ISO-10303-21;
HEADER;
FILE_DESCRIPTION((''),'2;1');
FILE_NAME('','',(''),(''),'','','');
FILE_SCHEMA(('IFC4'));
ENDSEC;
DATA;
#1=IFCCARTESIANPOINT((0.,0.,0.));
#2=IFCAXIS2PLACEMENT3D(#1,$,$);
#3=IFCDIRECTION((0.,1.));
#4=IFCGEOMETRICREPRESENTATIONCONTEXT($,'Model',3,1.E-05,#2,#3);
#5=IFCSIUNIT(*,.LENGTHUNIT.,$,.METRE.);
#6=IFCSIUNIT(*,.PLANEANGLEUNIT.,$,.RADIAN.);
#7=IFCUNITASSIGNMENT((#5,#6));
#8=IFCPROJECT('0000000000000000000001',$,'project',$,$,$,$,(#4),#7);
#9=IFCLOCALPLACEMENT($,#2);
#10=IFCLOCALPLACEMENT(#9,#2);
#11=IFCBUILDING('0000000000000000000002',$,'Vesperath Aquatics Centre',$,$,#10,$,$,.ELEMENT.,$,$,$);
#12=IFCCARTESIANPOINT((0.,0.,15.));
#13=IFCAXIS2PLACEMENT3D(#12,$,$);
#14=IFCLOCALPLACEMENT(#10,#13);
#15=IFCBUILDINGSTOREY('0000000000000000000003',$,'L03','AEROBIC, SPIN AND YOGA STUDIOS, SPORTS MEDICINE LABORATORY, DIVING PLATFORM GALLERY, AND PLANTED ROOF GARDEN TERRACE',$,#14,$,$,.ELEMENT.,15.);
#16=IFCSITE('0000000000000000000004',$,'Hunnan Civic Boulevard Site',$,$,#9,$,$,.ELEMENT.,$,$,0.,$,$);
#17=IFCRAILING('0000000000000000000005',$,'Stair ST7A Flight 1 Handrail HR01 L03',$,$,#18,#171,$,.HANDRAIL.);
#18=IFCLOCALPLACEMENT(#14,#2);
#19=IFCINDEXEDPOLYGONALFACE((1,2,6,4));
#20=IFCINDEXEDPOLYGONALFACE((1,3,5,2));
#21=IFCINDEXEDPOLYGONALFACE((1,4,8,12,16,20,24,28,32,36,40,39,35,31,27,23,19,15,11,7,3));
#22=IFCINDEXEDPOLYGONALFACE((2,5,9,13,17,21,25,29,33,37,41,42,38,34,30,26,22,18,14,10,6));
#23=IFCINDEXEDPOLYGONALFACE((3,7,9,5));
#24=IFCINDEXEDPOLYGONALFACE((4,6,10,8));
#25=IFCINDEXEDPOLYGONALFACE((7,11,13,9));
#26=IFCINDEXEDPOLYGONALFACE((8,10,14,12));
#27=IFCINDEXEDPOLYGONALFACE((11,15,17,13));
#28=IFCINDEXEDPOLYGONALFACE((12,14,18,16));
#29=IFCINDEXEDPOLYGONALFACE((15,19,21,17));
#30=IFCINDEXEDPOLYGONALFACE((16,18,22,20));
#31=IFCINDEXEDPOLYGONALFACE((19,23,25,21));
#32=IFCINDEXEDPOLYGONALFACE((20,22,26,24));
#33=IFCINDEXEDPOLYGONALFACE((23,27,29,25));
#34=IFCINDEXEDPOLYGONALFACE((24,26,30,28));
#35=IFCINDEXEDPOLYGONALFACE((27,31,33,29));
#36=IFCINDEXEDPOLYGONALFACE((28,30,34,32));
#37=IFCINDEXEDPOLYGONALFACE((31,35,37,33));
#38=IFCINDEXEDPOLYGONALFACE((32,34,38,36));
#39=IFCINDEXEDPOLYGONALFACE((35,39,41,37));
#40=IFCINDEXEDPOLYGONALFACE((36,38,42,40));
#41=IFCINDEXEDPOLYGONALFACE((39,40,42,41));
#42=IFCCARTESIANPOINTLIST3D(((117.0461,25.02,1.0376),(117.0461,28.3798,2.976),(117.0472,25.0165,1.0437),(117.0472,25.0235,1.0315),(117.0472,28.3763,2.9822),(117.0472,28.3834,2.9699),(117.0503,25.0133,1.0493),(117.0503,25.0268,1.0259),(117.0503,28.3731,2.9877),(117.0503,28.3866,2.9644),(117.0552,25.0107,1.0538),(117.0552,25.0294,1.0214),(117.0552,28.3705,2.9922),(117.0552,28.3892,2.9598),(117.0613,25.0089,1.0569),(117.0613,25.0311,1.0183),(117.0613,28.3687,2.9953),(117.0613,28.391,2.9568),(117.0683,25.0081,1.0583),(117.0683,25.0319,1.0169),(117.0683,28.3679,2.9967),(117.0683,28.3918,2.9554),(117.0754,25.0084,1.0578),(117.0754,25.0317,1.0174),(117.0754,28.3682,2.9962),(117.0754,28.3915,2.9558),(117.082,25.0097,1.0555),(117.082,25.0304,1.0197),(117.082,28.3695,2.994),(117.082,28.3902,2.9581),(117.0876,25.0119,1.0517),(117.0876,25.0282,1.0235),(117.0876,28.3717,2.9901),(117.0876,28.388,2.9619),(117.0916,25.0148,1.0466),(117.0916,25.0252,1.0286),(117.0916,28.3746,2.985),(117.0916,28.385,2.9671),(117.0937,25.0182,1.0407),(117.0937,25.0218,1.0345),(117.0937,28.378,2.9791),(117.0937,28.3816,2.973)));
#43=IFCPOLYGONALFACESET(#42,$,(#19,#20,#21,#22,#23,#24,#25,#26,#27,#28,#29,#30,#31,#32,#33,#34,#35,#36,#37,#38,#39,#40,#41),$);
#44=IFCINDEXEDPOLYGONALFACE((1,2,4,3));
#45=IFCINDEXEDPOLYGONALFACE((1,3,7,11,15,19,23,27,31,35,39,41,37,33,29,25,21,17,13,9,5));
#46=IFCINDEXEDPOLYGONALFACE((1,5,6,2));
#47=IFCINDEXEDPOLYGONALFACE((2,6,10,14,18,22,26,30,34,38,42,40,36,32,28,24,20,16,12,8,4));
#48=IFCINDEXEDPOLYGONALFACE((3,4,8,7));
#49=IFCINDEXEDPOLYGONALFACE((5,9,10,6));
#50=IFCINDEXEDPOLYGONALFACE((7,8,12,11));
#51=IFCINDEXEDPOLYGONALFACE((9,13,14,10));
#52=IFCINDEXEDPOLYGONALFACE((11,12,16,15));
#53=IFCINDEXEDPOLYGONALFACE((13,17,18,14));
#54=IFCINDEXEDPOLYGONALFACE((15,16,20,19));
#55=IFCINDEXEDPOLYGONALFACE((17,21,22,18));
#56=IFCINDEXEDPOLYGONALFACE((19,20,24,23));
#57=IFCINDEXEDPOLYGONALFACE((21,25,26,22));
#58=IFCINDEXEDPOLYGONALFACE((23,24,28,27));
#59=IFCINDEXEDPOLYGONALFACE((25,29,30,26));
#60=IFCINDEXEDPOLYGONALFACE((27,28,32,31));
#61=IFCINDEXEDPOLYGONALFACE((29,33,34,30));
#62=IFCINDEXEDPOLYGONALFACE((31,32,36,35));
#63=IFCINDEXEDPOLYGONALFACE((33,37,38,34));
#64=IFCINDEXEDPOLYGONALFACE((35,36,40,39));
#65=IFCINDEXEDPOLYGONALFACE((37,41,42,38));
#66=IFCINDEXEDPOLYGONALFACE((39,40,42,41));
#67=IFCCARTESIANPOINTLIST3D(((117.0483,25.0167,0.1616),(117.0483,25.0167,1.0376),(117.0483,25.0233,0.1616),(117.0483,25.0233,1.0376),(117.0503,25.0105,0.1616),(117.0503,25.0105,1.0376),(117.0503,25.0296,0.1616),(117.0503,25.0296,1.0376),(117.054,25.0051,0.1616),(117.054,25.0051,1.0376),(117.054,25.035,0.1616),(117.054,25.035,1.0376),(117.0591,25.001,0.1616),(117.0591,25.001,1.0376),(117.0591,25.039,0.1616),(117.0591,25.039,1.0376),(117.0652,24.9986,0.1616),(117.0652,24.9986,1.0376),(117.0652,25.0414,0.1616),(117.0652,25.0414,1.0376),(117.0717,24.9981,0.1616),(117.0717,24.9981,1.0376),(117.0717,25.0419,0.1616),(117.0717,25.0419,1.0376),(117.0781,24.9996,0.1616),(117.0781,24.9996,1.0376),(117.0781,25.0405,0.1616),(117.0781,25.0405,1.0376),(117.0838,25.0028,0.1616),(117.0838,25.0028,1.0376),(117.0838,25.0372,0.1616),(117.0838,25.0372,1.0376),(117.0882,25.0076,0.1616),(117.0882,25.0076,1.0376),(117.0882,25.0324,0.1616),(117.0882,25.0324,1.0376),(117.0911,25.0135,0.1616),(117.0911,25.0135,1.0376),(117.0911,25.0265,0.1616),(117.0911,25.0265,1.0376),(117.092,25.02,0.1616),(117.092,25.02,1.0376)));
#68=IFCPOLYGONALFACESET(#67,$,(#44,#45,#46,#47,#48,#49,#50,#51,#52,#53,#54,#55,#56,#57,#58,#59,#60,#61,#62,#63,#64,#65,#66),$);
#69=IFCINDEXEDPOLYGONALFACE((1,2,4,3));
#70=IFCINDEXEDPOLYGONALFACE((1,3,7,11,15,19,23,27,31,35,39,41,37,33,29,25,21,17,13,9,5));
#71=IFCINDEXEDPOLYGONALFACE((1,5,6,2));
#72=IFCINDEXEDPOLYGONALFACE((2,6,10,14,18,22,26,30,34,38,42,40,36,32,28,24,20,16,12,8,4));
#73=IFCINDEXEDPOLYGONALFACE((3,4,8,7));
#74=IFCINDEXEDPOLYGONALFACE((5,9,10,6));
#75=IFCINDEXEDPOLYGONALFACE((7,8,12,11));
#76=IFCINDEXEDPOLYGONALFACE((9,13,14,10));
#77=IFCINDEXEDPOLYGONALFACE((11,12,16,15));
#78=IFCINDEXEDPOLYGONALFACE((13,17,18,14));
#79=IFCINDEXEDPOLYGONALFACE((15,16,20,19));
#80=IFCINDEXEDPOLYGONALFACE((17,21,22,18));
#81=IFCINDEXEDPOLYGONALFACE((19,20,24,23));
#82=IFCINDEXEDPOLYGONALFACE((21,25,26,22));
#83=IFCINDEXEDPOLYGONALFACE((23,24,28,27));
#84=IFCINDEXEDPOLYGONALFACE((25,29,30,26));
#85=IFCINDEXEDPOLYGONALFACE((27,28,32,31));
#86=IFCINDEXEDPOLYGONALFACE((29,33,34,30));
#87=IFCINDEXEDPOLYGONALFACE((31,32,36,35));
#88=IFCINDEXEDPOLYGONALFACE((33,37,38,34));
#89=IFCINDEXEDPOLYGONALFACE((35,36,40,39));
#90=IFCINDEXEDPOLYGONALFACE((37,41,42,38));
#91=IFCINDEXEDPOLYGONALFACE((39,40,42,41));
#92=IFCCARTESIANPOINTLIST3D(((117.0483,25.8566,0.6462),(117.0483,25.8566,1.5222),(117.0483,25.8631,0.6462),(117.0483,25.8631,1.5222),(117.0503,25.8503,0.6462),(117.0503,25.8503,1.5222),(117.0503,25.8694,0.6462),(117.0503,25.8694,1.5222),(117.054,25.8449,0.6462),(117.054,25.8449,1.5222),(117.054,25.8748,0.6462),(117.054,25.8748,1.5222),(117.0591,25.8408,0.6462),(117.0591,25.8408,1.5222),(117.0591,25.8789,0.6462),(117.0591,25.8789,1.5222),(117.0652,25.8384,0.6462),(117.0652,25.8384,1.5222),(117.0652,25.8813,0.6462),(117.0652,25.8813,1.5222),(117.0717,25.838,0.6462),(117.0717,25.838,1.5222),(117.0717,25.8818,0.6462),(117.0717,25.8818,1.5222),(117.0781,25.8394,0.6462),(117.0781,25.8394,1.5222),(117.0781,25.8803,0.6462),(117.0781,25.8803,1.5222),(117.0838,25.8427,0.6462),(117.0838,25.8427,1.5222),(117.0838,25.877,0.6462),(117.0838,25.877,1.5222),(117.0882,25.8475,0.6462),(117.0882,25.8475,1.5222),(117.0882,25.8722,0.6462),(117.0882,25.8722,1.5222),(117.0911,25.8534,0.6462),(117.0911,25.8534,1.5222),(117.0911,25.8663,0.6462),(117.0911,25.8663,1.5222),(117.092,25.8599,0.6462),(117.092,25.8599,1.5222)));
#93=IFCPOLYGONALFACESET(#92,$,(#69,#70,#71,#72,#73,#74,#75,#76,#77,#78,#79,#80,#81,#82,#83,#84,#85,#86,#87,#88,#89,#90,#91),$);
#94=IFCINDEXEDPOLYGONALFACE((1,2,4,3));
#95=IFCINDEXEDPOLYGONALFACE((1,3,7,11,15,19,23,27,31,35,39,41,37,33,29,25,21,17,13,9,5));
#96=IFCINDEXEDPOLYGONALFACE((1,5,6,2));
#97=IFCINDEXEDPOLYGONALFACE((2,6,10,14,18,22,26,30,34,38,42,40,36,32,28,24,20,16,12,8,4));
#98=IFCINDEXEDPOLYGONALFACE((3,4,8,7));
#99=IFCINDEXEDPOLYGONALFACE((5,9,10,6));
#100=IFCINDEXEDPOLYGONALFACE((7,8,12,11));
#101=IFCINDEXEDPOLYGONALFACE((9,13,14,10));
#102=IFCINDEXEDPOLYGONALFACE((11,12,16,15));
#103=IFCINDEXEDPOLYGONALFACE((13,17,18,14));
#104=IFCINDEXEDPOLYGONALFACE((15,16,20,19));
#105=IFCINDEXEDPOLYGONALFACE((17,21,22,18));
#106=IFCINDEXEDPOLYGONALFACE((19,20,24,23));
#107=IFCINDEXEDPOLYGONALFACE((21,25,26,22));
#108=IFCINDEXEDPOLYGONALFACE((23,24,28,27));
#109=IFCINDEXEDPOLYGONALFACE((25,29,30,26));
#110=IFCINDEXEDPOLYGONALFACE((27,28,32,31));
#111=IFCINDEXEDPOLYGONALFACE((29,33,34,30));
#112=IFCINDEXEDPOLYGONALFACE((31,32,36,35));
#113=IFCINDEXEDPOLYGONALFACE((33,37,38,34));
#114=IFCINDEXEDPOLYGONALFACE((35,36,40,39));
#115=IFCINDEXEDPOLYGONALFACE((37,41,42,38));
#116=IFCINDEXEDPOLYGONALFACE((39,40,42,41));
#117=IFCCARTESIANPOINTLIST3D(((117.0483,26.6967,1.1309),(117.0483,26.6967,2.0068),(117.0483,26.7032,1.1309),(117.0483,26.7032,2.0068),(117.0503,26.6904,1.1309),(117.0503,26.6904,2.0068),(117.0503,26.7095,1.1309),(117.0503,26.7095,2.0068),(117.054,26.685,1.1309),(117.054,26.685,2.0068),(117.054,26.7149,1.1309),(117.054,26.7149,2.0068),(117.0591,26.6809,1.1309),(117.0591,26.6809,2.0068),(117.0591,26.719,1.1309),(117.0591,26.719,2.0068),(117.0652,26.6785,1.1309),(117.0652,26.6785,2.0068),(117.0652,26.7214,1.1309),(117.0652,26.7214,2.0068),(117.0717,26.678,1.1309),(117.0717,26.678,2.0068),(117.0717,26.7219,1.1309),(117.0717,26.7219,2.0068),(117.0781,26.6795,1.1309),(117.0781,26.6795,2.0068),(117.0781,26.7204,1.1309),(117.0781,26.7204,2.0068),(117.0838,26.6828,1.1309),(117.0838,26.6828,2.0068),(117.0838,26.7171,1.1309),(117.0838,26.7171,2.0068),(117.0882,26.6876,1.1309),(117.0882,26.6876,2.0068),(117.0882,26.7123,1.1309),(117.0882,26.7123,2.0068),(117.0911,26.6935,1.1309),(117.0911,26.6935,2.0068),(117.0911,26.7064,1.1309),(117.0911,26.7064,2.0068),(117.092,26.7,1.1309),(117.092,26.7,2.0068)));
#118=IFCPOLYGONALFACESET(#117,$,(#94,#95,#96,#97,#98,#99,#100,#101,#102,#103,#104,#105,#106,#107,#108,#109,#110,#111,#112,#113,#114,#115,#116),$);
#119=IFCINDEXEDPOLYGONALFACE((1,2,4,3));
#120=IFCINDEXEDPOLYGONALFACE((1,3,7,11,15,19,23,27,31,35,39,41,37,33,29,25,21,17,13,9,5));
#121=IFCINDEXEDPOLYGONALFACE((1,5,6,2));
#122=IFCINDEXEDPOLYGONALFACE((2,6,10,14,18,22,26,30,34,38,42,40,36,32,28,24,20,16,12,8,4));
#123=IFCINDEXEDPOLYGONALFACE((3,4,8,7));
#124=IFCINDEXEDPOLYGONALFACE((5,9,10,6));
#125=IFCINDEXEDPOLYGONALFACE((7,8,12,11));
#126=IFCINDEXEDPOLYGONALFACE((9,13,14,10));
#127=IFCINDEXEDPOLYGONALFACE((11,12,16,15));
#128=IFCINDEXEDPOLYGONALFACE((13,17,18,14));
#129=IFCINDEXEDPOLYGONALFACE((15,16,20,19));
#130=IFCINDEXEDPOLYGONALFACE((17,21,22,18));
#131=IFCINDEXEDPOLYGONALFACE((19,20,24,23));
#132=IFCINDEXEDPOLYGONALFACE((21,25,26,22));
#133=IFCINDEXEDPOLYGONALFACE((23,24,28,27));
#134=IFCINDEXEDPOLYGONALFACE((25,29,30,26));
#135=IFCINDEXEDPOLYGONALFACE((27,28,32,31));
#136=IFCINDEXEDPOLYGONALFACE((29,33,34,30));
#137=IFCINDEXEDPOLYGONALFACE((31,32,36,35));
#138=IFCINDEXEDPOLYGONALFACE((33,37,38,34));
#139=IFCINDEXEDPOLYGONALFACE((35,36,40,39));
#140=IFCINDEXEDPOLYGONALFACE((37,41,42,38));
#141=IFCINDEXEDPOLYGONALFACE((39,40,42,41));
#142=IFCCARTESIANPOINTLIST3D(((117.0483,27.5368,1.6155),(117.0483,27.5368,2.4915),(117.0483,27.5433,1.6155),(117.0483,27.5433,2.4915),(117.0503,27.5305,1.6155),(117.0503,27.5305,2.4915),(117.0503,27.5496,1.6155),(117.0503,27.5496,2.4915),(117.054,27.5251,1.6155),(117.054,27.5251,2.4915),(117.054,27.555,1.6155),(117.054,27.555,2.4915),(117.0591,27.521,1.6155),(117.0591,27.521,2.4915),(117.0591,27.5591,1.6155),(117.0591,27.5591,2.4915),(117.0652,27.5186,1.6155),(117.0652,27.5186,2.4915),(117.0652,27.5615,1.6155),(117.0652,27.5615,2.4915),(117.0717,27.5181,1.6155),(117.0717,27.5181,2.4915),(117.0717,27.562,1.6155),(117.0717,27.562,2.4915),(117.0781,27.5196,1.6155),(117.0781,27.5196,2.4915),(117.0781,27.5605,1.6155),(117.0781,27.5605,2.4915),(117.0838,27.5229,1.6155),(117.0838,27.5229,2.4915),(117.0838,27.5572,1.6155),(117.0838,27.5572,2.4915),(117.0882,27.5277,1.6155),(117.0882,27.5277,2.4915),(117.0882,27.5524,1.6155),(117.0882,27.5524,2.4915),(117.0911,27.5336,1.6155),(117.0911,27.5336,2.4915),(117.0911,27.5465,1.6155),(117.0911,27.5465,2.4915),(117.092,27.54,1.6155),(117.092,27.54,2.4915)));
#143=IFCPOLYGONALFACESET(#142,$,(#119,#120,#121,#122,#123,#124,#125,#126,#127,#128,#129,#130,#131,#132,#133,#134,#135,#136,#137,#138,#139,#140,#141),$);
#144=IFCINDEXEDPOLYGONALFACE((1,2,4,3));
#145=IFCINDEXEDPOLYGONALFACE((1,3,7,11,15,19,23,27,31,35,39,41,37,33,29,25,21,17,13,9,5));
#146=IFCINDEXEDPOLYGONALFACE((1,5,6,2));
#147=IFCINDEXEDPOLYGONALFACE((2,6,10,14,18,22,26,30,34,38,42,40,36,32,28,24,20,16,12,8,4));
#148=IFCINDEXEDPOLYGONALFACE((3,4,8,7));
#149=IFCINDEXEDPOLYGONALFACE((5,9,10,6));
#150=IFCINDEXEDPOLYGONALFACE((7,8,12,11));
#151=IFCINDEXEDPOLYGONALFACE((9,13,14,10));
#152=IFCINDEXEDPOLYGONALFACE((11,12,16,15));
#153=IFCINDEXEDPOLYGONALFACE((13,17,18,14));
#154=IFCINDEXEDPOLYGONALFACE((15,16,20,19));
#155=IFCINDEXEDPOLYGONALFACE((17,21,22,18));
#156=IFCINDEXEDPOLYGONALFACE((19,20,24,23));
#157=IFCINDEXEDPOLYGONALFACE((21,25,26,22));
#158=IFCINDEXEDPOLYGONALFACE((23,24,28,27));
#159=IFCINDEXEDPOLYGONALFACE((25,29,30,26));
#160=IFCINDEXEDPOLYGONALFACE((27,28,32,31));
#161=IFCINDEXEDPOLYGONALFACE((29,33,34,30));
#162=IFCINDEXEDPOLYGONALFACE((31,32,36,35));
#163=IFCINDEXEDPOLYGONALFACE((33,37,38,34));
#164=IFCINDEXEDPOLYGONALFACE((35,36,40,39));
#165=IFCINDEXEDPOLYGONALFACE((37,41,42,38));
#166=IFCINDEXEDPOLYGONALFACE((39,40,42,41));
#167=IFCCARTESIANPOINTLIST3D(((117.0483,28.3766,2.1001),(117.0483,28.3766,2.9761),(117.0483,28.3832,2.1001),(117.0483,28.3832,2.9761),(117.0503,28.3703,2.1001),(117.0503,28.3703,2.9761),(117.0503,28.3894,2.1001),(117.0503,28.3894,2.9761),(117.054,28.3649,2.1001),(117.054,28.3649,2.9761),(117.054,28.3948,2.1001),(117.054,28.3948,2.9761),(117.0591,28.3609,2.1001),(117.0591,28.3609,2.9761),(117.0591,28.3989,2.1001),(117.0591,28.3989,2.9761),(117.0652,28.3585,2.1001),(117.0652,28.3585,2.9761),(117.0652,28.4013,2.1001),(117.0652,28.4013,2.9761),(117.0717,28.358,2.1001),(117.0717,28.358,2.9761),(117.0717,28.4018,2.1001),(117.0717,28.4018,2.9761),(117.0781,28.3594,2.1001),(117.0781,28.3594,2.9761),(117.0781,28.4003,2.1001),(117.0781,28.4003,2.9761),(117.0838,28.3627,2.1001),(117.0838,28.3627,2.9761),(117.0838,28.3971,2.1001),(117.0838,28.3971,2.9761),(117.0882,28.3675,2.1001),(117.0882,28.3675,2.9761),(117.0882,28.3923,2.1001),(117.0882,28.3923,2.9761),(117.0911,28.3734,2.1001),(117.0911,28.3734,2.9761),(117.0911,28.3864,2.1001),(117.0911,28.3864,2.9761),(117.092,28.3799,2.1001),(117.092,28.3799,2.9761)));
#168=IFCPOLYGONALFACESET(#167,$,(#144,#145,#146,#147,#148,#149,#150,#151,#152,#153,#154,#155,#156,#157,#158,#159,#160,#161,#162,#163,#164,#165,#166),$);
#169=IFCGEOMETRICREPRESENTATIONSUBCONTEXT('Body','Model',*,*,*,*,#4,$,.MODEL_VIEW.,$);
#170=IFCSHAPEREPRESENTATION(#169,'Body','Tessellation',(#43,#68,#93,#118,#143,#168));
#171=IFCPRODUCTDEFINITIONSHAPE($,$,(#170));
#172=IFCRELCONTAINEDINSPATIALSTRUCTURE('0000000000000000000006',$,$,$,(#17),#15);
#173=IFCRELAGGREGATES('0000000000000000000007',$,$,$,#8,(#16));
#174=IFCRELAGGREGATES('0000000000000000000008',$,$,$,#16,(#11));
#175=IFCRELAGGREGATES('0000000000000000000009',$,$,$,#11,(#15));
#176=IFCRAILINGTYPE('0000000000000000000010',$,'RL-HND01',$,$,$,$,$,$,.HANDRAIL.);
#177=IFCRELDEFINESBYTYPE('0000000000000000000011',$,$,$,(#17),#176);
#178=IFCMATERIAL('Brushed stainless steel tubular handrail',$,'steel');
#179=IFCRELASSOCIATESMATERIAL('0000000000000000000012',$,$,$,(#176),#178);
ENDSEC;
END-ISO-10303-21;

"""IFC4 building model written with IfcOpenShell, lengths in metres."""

from ifc_helpers import new_model, si_unit, direction, frame, origin, origin_2d, place, context, subcontext, project, spatial, circle, extrude, material, type_object, element, save


model = new_model("IFC4")

# Units and contexts
model_context = context("Model", 3, precision=1e-05, world=origin(), true_north=direction((0.0, 1.0)))
body_context = subcontext(model_context, "Body", "Model", "MODEL_VIEW")
ifc_project = project(units=[si_unit("LENGTHUNIT", "METRE"), si_unit("PLANEANGLEUNIT", "RADIAN")], contexts=[model_context])

# Site, building, storey
site_placement = place(None, origin())
site = spatial("IfcSite", under=ifc_project, at=site_placement, Name="Hunnan Civic Boulevard Site", CompositionType="ELEMENT", RefElevation=0.0)
building_placement = place(site_placement, origin())
building = spatial("IfcBuilding", under=site, at=building_placement, Name="Vesperath Aquatics Centre", CompositionType="ELEMENT")
storey_placement = place(building_placement, frame((0.0, 0.0, 15.0)))
storey = spatial("IfcBuildingStorey", under=building, at=storey_placement, Name="L03", Description="AEROBIC, SPIN AND YOGA STUDIOS, SPORTS MEDICINE LABORATORY, DIVING PLATFORM GALLERY, AND PLANTED ROOF GARDEN TERRACE", CompositionType="ELEMENT", Elevation=15.0)

# Railing
ifc_material_1 = material(Name="Brushed stainless steel tubular handrail", Category="steel")
railing_type_1 = type_object("IfcRailingType", Name="RL-HND01", PredefinedType="HANDRAIL", material=ifc_material_1)
for number, where, name in (
    (1, (117.0701, 25.02, 0.1616), "Stair ST7A Flight 1 Handrail HR01 L03"),
):
    element("IfcRailing", number, at=place(storey_placement, frame(where)), inside=storey, type_object=railing_type_1, Name=name, PredefinedType="HANDRAIL", context=body_context, shape_type="SweptSolid", body=[
        extrude(circle(Radius=0.0239, at=origin_2d()), frame((0.0, 0.0, 0.876), z_axis=(0.0, 0.866175, 0.499741), x_axis=(-1.0, 0.0, 0.0)), (0.0, 0.0, 1.0), 3.8789),
        extrude(circle(Radius=0.022, at=origin_2d()), origin(), (0.0, 0.0, 1.0), 0.876),
        extrude(circle(Radius=0.022, at=origin_2d()), frame((0.0, 0.8398, 0.4846)), (0.0, 0.0, 1.0), 0.876),
        extrude(circle(Radius=0.022, at=origin_2d()), frame((0.0, 1.6799, 0.9692)), (0.0, 0.0, 1.0), 0.876),
        extrude(circle(Radius=0.022, at=origin_2d()), frame((0.0, 2.52, 1.4539)), (0.0, 0.0, 1.0), 0.876),
        extrude(circle(Radius=0.022, at=origin_2d()), frame((0.0, 3.3599, 1.9385)), (0.0, 0.0, 1.0), 0.876),
    ])

save(model, "model.ifc")
